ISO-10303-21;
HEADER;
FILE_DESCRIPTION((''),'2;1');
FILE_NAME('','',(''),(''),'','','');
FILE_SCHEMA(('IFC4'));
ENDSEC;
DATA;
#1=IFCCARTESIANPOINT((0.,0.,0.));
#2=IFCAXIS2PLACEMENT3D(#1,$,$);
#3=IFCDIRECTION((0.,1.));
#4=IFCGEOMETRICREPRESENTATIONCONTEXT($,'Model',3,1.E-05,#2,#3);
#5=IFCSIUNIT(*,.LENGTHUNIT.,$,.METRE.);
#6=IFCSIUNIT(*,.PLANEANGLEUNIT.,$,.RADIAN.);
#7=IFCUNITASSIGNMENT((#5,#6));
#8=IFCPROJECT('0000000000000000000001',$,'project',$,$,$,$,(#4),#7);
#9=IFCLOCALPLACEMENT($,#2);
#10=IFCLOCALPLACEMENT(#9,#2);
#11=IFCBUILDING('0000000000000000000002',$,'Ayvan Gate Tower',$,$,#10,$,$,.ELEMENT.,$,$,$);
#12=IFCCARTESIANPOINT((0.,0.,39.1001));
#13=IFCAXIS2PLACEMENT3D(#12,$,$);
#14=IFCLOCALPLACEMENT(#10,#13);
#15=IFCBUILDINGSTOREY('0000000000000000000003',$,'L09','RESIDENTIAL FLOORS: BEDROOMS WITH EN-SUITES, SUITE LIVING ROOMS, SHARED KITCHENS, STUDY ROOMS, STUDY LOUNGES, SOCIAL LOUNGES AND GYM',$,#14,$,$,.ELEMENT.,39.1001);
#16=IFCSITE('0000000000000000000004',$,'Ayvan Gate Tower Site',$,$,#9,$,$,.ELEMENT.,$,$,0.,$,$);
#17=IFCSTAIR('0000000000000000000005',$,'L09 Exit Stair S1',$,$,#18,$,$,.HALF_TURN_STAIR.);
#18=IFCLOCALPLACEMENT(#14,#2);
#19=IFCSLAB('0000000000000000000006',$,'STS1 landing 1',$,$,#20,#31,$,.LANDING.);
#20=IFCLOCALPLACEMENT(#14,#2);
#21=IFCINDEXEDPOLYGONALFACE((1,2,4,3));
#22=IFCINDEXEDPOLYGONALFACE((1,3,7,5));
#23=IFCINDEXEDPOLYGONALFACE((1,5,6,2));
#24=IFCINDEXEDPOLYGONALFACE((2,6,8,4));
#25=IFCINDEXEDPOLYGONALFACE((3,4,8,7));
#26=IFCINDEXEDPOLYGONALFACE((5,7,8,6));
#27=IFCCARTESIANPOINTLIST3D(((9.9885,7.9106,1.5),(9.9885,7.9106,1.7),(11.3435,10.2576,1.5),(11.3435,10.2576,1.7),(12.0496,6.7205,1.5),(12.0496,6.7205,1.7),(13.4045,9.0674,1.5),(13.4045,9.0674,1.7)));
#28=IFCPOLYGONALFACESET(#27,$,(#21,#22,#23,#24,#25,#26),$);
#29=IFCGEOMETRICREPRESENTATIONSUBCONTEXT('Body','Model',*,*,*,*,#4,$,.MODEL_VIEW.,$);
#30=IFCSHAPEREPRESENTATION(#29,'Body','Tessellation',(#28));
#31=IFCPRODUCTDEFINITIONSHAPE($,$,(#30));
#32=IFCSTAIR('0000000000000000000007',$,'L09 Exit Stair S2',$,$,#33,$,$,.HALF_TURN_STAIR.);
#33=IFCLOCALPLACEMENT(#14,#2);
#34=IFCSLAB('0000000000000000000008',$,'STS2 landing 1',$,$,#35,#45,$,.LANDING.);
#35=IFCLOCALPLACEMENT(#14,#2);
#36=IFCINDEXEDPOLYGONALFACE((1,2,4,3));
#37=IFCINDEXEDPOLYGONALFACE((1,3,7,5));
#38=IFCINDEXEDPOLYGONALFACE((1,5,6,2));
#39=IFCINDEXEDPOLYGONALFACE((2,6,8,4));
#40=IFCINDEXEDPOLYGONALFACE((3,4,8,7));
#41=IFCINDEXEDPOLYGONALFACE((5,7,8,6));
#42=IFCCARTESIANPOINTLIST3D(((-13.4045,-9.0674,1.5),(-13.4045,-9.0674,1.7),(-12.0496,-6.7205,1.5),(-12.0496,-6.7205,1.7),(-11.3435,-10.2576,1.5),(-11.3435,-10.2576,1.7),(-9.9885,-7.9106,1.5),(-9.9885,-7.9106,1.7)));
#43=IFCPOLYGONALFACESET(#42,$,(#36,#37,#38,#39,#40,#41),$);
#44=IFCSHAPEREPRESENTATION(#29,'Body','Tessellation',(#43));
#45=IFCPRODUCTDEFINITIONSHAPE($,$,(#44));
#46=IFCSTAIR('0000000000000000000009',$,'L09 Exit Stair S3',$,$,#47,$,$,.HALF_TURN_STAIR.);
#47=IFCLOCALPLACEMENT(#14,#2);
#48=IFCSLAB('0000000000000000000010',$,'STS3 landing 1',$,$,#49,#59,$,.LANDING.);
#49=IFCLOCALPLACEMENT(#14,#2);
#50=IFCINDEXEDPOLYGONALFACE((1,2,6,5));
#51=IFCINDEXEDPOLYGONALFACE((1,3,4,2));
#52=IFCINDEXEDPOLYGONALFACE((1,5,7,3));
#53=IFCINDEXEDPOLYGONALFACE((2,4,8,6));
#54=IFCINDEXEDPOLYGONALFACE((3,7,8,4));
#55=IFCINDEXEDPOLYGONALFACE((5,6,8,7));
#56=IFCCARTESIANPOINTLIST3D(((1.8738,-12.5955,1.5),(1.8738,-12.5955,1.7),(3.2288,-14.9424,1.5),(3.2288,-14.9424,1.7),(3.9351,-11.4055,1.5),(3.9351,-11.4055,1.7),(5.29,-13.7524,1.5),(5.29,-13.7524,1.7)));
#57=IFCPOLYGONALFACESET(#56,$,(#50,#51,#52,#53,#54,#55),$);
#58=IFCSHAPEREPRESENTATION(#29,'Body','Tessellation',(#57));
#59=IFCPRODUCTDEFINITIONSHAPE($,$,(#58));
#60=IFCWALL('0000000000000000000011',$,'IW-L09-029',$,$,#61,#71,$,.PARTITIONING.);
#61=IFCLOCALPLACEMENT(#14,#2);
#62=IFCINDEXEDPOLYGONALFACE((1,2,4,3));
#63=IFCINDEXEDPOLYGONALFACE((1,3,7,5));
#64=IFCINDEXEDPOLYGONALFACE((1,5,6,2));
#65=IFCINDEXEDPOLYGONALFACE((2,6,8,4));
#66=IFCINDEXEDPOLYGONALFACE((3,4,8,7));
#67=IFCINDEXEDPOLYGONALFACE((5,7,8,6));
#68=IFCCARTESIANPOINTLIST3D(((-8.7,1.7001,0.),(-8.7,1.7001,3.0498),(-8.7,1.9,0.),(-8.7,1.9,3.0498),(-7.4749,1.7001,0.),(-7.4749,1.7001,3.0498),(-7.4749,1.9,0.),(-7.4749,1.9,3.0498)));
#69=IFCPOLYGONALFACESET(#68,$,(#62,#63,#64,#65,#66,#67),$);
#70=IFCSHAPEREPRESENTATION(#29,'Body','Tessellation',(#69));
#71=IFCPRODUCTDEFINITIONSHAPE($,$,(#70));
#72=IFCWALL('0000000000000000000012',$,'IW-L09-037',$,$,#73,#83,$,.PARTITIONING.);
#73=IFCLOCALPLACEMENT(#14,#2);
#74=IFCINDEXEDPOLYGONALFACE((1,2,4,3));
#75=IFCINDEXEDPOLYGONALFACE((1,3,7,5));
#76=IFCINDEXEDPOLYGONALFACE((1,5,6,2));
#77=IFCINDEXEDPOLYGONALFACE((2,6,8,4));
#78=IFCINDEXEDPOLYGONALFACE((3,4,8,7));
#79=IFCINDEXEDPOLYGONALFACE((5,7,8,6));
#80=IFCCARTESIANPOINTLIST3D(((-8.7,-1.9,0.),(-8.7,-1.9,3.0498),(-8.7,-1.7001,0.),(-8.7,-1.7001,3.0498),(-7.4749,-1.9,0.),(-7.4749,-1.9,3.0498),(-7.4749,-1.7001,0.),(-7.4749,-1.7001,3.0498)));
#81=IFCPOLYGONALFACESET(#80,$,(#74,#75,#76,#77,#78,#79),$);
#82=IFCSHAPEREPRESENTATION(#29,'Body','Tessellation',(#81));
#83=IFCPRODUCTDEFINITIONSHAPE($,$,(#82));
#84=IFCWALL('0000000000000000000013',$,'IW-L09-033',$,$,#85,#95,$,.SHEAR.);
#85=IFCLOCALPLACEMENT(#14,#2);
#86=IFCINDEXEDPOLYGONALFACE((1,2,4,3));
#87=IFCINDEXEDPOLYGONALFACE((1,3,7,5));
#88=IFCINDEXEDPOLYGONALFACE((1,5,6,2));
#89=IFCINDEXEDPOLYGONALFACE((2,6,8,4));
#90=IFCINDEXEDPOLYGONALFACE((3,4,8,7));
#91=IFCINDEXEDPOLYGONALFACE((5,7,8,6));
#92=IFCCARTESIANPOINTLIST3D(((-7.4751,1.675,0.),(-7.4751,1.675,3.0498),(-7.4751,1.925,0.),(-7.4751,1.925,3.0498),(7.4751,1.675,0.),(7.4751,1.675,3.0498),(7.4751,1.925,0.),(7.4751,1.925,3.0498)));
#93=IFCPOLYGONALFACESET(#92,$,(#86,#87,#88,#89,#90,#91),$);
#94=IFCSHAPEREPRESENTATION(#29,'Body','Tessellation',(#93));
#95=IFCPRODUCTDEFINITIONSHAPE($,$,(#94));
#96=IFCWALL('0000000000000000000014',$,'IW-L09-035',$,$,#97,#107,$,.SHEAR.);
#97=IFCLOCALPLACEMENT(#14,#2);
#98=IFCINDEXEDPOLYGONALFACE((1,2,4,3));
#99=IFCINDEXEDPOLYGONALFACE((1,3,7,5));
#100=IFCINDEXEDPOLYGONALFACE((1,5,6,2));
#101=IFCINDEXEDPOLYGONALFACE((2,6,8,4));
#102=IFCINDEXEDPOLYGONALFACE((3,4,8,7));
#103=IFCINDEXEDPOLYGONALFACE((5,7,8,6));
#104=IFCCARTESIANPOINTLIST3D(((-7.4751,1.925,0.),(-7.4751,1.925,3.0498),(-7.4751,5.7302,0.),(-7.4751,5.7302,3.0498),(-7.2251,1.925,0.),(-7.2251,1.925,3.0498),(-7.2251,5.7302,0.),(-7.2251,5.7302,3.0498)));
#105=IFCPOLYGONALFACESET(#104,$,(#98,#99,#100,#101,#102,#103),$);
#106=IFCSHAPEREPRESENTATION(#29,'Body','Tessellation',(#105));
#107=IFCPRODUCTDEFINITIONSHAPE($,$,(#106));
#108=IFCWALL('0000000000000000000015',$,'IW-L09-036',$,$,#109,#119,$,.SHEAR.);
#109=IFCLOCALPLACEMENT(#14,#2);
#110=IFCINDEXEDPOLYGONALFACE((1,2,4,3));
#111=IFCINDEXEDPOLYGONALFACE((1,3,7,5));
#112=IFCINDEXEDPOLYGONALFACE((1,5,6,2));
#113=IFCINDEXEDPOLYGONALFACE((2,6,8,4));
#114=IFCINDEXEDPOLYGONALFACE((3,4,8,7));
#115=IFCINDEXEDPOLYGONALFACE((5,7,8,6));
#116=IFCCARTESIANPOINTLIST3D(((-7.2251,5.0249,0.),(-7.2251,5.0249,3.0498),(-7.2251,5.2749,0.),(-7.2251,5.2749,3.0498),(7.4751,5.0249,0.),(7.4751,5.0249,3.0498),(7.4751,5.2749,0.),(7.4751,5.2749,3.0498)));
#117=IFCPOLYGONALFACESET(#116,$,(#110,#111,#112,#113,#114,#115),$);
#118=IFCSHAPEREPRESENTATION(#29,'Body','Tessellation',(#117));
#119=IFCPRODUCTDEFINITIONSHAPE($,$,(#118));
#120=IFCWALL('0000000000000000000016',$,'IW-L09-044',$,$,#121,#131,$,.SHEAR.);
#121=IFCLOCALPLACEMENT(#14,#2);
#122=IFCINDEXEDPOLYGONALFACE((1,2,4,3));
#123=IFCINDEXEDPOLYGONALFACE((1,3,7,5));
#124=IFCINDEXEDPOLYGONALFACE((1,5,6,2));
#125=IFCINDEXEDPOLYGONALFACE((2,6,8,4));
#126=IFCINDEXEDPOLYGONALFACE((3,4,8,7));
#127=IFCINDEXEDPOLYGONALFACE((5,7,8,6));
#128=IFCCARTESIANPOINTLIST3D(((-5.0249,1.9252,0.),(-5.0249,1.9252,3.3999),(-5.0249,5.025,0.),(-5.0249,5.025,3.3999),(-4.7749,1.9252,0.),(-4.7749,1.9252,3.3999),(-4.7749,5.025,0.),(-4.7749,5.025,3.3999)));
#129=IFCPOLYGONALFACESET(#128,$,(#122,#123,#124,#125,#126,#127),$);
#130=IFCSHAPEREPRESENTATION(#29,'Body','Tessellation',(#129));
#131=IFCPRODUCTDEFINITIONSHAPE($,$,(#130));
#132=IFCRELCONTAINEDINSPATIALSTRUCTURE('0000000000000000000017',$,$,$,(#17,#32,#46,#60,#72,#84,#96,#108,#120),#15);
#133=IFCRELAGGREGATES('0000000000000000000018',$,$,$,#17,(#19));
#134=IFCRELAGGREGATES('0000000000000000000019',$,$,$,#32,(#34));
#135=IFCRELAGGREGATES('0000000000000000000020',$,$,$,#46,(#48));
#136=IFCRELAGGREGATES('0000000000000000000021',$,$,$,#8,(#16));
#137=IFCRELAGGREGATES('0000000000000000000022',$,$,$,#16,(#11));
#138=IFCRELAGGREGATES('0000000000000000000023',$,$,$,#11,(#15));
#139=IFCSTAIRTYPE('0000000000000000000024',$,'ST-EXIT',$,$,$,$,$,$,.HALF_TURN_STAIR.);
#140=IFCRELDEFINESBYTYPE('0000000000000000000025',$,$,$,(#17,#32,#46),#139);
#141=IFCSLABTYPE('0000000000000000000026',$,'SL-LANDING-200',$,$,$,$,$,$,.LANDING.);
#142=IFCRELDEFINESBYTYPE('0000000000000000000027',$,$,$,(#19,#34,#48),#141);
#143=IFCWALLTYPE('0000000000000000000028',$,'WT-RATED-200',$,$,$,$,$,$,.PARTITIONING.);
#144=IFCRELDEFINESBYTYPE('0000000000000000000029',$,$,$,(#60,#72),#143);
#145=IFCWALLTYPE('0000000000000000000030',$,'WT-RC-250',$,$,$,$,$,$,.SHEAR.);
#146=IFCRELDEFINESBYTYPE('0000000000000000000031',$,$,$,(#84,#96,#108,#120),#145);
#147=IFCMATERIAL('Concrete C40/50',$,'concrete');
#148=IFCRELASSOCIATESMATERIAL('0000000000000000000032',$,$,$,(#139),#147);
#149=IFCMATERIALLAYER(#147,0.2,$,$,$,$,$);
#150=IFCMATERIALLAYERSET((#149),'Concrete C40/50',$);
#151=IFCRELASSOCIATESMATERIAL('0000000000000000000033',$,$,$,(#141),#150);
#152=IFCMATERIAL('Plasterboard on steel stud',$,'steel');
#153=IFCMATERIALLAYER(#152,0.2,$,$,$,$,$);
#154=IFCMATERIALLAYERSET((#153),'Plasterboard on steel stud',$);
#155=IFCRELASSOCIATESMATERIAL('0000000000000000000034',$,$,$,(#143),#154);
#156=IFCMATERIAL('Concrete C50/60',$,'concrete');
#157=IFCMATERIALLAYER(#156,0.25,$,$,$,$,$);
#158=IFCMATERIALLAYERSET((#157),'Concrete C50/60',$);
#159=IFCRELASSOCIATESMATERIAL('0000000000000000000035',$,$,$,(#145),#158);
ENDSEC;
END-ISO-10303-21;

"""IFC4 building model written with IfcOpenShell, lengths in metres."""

from ifc_helpers import new_model, si_unit, direction, frame, frame_2d, origin, place, context, subcontext, project, spatial, polyline, rectangle, outline, extrude, material, layer, layer_set, type_object, element, aggregate, save


model = new_model("IFC4")

# Units and contexts
model_context = context("Model", 3, precision=1e-05, world=origin(), true_north=direction((0.0, 1.0)))
body_context = subcontext(model_context, "Body", "Model", "MODEL_VIEW")
ifc_project = project(units=[si_unit("LENGTHUNIT", "METRE"), si_unit("PLANEANGLEUNIT", "RADIAN")], contexts=[model_context])

# Site, building, storey
site_placement = place(None, origin())
site = spatial("IfcSite", under=ifc_project, at=site_placement, Name="Ayvan Gate Tower Site", CompositionType="ELEMENT", RefElevation=0.0)
building_placement = place(site_placement, origin())
building = spatial("IfcBuilding", under=site, at=building_placement, Name="Ayvan Gate Tower", CompositionType="ELEMENT")
storey_placement = place(building_placement, frame((0.0, 0.0, 39.1001)))
storey = spatial("IfcBuildingStorey", under=building, at=storey_placement, Name="L09", Description="RESIDENTIAL FLOORS: BEDROOMS WITH EN-SUITES, SUITE LIVING ROOMS, SHARED KITCHENS, STUDY ROOMS, STUDY LOUNGES, SOCIAL LOUNGES AND GYM", CompositionType="ELEMENT", Elevation=39.1001)

# Shared definitions
ifc_material_1 = material(Name="Concrete C40/50", Category="concrete")

# Stairs, slabs
stair_type = type_object("IfcStairType", Name="ST-EXIT", PredefinedType="HALF_TURN_STAIR", material=ifc_material_1)
stair_1_placement = place(storey_placement, origin())
stair_1 = element("IfcStair", 1, at=stair_1_placement, inside=storey, type_object=stair_type, Name="L09 Exit Stair S1", PredefinedType="HALF_TURN_STAIR")
ifc_layer_1 = layer(ifc_material_1, 0.2)
ifc_layer_set_1 = layer_set([ifc_layer_1], Name="Concrete C40/50")
slab_type_1 = type_object("IfcSlabType", Name="SL-LANDING-200", PredefinedType="LANDING", material=ifc_layer_set_1)
slab_1_placement = place(storey_placement, frame((0.0, 0.0, 1.5)))
slab_1 = element("IfcSlab", 2, at=slab_1_placement, type_object=slab_type_1, Name="STS1 landing 1", PredefinedType="LANDING", context=body_context, shape_type="SweptSolid", body=[
    extrude(outline(polyline([(9.9885, 7.9106), (12.0496, 6.7205), (13.4045, 9.0674), (11.3435, 10.2576), (9.9885, 7.9106)])), origin(), (0.0, 0.0, 1.0), 0.2),
])
aggregate(stair_1, [slab_1])
stair_2_placement = place(storey_placement, origin())
stair_2 = element("IfcStair", 3, at=stair_2_placement, inside=storey, type_object=stair_type, Name="L09 Exit Stair S2", PredefinedType="HALF_TURN_STAIR")
slab_2_placement = place(storey_placement, frame((0.0, 0.0, 1.5)))
slab_2 = element("IfcSlab", 4, at=slab_2_placement, type_object=slab_type_1, Name="STS2 landing 1", PredefinedType="LANDING", context=body_context, shape_type="SweptSolid", body=[
    extrude(outline(polyline([(-9.9885, -7.9106), (-12.0496, -6.7205), (-13.4045, -9.0674), (-11.3435, -10.2576), (-9.9885, -7.9106)])), origin(), (0.0, 0.0, 1.0), 0.2),
])
aggregate(stair_2, [slab_2])
stair_3_placement = place(storey_placement, origin())
stair_3 = element("IfcStair", 5, at=stair_3_placement, inside=storey, type_object=stair_type, Name="L09 Exit Stair S3", PredefinedType="HALF_TURN_STAIR")
slab_3_placement = place(storey_placement, frame((0.0, 0.0, 1.5)))
slab_3 = element("IfcSlab", 6, at=slab_3_placement, type_object=slab_type_1, Name="STS3 landing 1", PredefinedType="LANDING", context=body_context, shape_type="SweptSolid", body=[
    extrude(outline(polyline([(3.9351, -11.4055), (1.8738, -12.5955), (3.2288, -14.9424), (5.29, -13.7524), (3.9351, -11.4055)])), origin(), (0.0, 0.0, 1.0), 0.2),
])
aggregate(stair_3, [slab_3])

# Walls
ifc_material_2 = material(Name="Plasterboard on steel stud", Category="steel")
ifc_layer_2 = layer(ifc_material_2, 0.2)
ifc_layer_set_2 = layer_set([ifc_layer_2], Name="Plasterboard on steel stud")
wall_type_1 = type_object("IfcWallType", Name="WT-RATED-200", PredefinedType="PARTITIONING", material=ifc_layer_set_2)
for number, where, z_axis, x_axis, name in (
    (7, (-8.7, 1.8, 0.0), (0.0, 0.0, 1.0), (1.0, 0.0, 0.0), "IW-L09-029"),
    (8, (-7.4749, -1.8, 0.0), (0.0, 0.0, 1.0), (-1.0, 0.0, 0.0), "IW-L09-037"),
):
    element("IfcWall", number, at=place(storey_placement, frame(where, z_axis=z_axis, x_axis=x_axis)), inside=storey, type_object=wall_type_1, Name=name, PredefinedType="PARTITIONING", context=body_context, shape_type="SweptSolid", body=[
        extrude(rectangle(XDim=1.2251, YDim=0.2, at=frame_2d((0.6125, 0.0))), origin(), (0.0, 0.0, 1.0), 3.0498),
    ])
ifc_material_3 = material(Name="Concrete C50/60", Category="concrete")
ifc_layer_3 = layer(ifc_material_3, 0.25)
ifc_layer_set_3 = layer_set([ifc_layer_3], Name="Concrete C50/60")
wall_type_2 = type_object("IfcWallType", Name="WT-RC-250", PredefinedType="SHEAR", material=ifc_layer_set_3)
wall_1_placement = place(storey_placement, frame((-7.4751, 1.8, 0.0), z_axis=(0.0, 0.0, 1.0), x_axis=(1.0, 0.0, 0.0)))
element("IfcWall", 9, at=wall_1_placement, inside=storey, type_object=wall_type_2, Name="IW-L09-033", PredefinedType="SHEAR", context=body_context, shape_type="SweptSolid", body=[
    extrude(rectangle(XDim=14.9502, YDim=0.25, at=frame_2d((7.4751, 0.0))), origin(), (0.0, 0.0, 1.0), 3.0498),
])
wall_2_placement = place(storey_placement, frame((-7.3501, 1.925, 0.0), z_axis=(0.0, 0.0, 1.0), x_axis=(0.0, 1.0, 0.0)))
element("IfcWall", 10, at=wall_2_placement, inside=storey, type_object=wall_type_2, Name="IW-L09-035", PredefinedType="SHEAR", context=body_context, shape_type="SweptSolid", body=[
    extrude(rectangle(XDim=3.8052, YDim=0.25, at=frame_2d((1.9026, 0.0))), origin(), (0.0, 0.0, 1.0), 3.0498),
])
wall_3_placement = place(storey_placement, frame((-7.2251, 5.1499, 0.0), z_axis=(0.0, 0.0, 1.0), x_axis=(1.0, 0.0, 0.0)))
element("IfcWall", 11, at=wall_3_placement, inside=storey, type_object=wall_type_2, Name="IW-L09-036", PredefinedType="SHEAR", context=body_context, shape_type="SweptSolid", body=[
    extrude(rectangle(XDim=14.7002, YDim=0.25, at=frame_2d((7.3501, 0.0))), origin(), (0.0, 0.0, 1.0), 3.0498),
])
wall_4_placement = place(storey_placement, frame((-4.8999, 5.0249, 0.0), z_axis=(0.0, 0.0, 1.0), x_axis=(0.0, -1.0, 0.0)))
element("IfcWall", 12, at=wall_4_placement, inside=storey, type_object=wall_type_2, Name="IW-L09-044", PredefinedType="SHEAR", context=body_context, shape_type="SweptSolid", body=[
    extrude(rectangle(XDim=3.0999, YDim=0.25, at=frame_2d((1.5498, 0.0))), origin(), (0.0, 0.0, 1.0), 3.3999),
])

save(model, "model.ifc")
